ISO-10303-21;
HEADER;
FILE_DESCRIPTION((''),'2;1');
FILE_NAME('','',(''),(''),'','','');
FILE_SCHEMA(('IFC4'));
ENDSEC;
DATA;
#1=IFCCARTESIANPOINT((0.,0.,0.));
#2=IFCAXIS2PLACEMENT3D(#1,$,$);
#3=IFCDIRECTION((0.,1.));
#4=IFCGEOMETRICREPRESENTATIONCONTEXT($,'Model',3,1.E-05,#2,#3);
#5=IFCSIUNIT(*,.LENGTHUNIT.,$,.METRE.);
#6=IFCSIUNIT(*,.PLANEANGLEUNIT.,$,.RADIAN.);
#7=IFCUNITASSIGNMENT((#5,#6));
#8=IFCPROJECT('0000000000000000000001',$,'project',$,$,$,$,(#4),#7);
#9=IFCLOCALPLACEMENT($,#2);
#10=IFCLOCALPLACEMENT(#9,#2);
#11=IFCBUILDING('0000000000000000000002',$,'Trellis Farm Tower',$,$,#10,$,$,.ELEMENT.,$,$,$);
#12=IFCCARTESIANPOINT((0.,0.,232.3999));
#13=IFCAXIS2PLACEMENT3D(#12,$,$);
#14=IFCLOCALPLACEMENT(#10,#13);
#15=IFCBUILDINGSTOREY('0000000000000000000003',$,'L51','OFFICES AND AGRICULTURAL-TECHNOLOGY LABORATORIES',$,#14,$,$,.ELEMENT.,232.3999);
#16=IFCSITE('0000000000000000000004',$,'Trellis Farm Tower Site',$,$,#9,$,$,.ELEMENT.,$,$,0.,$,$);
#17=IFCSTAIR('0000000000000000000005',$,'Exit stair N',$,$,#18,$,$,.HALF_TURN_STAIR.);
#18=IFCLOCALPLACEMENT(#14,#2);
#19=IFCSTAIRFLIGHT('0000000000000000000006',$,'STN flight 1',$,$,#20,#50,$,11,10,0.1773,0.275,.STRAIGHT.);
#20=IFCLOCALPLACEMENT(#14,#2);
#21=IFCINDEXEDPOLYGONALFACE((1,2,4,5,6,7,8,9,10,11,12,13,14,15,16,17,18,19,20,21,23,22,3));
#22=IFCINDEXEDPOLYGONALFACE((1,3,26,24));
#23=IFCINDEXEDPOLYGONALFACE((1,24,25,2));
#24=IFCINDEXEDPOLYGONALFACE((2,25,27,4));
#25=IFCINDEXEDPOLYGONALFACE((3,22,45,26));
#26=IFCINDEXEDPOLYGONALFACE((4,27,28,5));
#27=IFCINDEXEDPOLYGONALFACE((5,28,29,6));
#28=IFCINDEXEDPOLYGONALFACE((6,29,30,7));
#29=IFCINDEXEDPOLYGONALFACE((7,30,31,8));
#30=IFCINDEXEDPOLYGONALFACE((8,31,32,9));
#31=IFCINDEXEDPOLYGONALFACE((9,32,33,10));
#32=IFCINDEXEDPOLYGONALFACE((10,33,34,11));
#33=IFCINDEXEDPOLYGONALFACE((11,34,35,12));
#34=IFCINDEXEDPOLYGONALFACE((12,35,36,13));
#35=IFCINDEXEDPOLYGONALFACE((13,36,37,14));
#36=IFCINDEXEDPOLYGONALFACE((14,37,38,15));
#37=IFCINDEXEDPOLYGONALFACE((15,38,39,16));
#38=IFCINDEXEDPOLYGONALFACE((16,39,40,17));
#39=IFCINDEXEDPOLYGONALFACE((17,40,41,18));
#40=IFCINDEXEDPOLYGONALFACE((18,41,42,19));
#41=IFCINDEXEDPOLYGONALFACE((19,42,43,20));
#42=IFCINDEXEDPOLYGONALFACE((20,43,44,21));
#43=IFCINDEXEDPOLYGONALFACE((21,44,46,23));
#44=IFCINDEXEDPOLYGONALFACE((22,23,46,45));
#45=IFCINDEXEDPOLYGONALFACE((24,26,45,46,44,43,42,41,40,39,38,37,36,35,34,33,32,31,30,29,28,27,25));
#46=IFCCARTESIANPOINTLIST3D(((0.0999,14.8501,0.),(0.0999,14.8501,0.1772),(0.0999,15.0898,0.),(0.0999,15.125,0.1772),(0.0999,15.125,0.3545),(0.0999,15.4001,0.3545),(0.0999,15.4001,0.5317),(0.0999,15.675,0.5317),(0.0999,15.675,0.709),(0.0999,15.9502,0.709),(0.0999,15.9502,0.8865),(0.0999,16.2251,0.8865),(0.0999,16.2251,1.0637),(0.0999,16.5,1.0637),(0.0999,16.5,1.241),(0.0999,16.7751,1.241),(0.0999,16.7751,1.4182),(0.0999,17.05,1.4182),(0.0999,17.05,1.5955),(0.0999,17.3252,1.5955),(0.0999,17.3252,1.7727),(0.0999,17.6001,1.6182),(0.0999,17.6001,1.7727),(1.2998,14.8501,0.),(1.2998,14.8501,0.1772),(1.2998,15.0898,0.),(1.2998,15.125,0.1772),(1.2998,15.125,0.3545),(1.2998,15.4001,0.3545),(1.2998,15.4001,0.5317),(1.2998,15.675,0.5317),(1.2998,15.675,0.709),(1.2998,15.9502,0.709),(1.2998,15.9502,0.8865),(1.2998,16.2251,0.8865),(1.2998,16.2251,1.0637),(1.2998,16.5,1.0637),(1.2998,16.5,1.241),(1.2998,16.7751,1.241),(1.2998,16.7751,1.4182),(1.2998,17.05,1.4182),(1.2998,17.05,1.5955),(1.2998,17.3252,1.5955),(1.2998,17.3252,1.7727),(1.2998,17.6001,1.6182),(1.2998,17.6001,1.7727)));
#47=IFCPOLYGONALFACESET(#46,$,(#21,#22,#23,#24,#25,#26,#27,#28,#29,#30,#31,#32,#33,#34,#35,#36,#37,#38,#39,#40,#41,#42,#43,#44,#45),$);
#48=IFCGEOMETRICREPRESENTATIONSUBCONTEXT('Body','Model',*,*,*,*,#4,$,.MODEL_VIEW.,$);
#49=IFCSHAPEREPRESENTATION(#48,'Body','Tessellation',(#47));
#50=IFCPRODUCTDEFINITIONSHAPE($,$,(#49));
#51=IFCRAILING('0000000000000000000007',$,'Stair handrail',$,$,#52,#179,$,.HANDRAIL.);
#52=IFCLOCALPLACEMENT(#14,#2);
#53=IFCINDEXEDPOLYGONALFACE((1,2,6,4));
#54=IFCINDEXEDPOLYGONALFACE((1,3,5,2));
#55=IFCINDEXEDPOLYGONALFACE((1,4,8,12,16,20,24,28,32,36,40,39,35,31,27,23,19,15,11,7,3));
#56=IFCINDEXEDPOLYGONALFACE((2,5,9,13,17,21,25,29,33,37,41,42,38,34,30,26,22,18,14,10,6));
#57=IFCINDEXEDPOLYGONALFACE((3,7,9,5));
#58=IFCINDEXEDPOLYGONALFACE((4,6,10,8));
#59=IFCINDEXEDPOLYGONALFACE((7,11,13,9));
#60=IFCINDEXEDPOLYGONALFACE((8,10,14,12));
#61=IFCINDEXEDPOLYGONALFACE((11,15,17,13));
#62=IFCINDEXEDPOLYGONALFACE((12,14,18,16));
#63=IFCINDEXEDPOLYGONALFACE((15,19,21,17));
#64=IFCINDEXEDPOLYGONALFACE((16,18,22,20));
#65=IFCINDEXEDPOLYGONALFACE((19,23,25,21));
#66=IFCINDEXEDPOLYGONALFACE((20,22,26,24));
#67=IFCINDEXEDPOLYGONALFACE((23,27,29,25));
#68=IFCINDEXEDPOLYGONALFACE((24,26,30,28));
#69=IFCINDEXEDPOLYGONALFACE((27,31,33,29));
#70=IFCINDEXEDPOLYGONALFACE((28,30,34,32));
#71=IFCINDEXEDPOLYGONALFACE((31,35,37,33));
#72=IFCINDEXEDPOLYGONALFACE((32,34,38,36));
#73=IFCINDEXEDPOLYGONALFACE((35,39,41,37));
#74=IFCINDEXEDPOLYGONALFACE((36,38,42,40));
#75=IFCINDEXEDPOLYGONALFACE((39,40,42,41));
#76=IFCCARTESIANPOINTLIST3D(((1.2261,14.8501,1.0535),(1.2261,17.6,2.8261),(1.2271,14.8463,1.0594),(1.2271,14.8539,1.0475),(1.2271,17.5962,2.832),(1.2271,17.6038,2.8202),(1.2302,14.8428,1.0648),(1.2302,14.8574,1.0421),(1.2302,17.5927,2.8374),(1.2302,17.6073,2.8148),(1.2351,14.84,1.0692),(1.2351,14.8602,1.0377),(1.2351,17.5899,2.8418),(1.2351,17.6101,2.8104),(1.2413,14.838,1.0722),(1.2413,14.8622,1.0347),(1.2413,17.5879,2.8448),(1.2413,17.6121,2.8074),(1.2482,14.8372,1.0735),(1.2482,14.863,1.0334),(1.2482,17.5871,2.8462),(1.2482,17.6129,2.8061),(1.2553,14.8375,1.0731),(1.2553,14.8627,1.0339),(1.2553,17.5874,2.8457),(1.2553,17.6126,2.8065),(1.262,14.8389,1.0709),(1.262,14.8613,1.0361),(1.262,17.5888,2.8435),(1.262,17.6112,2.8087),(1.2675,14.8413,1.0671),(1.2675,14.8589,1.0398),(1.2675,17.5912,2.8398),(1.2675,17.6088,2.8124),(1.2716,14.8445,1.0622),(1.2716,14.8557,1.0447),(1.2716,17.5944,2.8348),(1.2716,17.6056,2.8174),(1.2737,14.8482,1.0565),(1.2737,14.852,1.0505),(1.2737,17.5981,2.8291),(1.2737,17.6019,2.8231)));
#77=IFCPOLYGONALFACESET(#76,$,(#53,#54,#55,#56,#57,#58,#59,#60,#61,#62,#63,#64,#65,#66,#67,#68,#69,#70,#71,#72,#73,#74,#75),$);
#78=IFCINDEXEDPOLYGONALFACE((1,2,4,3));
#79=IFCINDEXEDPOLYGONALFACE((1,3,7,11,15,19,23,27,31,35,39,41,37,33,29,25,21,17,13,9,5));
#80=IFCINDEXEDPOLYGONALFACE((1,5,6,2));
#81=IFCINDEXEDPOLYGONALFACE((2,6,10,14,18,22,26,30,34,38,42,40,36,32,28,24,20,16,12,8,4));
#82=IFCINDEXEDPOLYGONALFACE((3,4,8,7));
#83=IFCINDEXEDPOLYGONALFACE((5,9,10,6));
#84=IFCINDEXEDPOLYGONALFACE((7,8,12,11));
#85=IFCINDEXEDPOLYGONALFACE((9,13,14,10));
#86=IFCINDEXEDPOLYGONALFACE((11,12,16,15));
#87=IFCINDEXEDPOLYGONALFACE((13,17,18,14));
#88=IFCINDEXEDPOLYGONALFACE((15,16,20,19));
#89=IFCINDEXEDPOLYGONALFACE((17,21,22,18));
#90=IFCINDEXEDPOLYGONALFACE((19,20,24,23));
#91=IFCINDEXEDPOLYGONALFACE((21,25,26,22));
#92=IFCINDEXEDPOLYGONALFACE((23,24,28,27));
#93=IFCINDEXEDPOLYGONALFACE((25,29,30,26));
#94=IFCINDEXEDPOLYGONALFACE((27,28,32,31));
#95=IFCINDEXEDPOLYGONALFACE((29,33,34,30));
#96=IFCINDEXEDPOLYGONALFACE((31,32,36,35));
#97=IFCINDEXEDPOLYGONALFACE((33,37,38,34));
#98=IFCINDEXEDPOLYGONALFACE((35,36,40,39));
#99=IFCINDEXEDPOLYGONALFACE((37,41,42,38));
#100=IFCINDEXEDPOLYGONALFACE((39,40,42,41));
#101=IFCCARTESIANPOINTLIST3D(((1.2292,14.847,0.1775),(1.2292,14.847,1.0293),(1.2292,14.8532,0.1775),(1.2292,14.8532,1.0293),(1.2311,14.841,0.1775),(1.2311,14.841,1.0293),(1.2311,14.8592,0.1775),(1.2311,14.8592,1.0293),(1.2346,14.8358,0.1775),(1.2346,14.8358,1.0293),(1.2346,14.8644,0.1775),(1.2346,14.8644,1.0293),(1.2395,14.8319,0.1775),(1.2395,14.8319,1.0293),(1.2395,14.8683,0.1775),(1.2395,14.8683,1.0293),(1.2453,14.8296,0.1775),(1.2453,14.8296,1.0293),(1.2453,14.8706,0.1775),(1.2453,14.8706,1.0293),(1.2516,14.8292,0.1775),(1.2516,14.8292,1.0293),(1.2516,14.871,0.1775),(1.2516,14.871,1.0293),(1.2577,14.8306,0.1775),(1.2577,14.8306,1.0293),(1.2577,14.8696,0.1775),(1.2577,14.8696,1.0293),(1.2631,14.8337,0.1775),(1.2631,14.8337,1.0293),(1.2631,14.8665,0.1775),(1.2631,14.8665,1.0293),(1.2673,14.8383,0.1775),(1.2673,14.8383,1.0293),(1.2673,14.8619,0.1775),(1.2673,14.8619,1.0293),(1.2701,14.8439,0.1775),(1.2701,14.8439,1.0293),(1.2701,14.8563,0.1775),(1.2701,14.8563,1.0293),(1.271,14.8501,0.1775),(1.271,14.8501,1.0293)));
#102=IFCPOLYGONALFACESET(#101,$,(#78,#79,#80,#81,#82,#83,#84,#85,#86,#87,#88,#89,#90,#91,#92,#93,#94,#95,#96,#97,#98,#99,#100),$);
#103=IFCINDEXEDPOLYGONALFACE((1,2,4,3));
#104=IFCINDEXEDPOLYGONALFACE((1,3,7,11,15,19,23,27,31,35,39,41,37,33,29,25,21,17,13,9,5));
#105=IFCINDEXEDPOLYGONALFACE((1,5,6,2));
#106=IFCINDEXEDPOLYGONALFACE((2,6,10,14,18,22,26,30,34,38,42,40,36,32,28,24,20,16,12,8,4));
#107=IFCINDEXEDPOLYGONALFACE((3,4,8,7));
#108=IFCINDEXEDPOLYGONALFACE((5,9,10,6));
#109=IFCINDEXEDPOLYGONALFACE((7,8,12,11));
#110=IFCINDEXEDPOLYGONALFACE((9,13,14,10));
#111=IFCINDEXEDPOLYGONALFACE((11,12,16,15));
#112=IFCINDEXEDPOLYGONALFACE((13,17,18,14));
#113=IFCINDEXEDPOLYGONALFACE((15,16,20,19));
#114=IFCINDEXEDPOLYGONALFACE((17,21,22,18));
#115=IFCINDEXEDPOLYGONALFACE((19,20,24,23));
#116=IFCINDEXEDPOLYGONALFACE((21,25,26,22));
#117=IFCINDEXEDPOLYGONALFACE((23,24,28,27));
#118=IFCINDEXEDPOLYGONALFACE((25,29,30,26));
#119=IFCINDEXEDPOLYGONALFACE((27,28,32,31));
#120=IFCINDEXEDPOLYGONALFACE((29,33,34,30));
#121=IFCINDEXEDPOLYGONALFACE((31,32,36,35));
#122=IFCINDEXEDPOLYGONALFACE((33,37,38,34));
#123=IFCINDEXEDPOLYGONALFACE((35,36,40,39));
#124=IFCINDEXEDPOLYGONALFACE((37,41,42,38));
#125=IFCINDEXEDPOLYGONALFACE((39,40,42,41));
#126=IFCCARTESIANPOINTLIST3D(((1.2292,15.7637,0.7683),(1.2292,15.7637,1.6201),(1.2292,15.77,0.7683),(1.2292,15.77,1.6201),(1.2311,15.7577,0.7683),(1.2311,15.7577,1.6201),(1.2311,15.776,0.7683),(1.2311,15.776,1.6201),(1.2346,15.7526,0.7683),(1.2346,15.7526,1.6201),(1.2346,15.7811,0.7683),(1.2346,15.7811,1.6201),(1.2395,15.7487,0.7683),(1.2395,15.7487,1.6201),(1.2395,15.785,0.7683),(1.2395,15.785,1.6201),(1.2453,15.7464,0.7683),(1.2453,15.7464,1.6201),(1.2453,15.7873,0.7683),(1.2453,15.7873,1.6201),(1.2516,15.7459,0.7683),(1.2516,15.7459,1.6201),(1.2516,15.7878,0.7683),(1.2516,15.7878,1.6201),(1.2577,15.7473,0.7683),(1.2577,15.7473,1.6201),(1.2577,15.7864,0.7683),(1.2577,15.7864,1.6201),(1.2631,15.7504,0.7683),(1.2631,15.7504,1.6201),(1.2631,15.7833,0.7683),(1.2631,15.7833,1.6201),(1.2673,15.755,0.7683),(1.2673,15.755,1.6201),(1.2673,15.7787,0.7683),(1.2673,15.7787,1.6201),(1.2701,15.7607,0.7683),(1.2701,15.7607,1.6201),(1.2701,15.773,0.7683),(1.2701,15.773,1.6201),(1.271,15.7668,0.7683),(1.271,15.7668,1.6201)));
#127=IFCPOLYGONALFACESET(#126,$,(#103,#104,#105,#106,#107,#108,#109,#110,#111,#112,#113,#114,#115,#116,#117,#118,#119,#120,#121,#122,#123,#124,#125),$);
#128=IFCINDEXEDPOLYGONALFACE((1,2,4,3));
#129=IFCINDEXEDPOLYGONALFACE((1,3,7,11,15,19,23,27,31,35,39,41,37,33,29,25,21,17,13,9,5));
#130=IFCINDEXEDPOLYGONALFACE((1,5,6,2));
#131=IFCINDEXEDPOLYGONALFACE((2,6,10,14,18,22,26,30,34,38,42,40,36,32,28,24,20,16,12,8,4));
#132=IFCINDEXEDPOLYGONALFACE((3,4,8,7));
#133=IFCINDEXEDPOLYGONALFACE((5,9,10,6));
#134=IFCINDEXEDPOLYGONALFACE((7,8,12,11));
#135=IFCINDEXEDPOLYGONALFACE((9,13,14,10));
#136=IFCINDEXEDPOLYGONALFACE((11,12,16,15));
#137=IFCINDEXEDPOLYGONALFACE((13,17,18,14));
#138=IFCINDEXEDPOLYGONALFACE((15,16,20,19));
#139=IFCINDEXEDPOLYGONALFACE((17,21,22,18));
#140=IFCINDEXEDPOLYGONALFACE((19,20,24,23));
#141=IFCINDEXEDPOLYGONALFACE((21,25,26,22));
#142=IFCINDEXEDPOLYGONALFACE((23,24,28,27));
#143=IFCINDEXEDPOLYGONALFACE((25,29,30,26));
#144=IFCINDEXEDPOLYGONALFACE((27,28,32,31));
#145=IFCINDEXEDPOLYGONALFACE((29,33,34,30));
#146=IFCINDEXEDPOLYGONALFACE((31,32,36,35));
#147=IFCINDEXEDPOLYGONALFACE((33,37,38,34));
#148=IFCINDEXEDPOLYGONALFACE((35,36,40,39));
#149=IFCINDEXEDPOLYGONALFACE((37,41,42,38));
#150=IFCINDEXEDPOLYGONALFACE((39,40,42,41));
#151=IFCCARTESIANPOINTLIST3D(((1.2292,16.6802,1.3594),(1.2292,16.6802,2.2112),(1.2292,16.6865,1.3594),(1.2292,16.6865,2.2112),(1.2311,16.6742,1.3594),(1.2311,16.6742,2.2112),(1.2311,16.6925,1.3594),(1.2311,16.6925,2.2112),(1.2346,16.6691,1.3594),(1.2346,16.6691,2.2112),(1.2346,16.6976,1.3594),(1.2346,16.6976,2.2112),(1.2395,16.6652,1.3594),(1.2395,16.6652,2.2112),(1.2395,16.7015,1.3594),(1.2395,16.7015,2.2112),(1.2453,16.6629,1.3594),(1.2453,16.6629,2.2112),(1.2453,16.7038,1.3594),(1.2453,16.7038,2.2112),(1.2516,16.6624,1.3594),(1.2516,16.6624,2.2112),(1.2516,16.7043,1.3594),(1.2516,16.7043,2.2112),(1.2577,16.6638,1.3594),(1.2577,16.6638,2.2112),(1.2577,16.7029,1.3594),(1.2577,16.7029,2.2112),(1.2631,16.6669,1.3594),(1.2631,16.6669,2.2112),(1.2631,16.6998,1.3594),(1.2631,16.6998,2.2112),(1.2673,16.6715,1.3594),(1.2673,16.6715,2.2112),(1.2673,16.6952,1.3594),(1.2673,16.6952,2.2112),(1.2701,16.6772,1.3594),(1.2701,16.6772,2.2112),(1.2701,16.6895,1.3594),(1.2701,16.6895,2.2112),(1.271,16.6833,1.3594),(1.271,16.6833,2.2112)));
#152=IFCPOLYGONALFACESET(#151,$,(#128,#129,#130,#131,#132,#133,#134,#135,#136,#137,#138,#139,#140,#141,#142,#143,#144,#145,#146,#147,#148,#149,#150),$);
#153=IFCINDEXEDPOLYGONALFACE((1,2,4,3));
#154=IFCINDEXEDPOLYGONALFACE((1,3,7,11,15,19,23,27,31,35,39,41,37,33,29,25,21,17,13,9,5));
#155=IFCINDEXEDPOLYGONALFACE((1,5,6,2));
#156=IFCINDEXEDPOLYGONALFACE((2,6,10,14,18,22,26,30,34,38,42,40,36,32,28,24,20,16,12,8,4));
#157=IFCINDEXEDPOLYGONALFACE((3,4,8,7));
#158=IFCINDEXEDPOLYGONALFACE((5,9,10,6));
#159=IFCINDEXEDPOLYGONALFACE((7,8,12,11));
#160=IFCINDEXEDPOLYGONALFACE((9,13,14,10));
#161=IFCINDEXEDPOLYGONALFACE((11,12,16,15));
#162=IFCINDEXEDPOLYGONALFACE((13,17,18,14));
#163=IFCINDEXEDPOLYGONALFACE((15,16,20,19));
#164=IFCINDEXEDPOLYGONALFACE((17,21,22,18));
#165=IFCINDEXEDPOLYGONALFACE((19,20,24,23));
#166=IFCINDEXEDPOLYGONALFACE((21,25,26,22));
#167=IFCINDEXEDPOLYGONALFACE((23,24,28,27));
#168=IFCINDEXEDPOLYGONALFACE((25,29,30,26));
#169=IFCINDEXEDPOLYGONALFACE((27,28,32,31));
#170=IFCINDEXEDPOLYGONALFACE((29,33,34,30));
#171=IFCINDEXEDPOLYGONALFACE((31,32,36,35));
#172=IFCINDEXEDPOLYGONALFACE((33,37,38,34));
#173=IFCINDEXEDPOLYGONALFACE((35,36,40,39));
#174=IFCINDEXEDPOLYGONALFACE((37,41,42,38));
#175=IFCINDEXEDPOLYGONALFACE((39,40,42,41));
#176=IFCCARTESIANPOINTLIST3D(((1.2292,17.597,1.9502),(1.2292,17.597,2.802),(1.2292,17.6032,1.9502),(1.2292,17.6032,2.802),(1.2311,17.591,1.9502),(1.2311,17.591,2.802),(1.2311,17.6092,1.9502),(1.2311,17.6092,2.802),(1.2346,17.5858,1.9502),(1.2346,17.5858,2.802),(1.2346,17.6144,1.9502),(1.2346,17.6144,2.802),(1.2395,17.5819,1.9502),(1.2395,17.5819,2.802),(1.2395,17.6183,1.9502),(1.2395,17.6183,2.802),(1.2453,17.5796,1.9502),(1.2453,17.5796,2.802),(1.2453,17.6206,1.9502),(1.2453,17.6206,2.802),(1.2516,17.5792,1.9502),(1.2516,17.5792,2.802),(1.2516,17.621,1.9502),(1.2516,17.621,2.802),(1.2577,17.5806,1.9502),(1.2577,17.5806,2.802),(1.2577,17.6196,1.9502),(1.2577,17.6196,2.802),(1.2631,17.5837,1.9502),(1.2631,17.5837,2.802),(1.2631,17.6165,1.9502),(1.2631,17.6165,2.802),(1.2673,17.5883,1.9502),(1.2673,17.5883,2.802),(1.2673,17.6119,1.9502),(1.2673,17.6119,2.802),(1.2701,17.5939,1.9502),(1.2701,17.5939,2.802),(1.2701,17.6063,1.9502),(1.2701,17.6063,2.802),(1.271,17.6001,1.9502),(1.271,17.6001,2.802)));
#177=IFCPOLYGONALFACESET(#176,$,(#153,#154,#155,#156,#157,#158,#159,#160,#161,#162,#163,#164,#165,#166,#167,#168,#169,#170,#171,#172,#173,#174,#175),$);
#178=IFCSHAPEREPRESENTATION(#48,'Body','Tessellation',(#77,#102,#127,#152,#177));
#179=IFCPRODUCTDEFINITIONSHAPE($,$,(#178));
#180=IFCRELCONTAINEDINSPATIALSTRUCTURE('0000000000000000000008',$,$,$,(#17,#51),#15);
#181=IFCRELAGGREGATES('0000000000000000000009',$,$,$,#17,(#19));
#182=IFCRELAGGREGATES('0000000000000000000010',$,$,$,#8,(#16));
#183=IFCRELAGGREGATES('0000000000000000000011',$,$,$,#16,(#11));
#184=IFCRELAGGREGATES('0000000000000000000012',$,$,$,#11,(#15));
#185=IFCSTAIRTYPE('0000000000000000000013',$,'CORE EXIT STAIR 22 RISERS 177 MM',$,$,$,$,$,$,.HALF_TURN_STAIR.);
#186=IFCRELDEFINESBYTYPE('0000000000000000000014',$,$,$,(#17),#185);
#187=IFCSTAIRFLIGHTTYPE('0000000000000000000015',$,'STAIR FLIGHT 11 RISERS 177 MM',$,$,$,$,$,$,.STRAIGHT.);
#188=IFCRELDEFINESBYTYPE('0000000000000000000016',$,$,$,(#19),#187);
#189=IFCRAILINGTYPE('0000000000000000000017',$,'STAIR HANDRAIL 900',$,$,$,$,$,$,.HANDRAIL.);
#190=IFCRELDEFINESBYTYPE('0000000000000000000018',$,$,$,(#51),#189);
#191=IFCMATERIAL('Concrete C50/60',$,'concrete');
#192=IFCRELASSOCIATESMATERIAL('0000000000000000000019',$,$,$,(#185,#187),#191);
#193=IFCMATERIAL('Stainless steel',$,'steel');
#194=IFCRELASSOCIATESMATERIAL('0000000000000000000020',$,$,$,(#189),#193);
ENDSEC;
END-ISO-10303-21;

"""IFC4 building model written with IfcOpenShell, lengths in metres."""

from ifc_helpers import new_model, si_unit, direction, frame, origin, origin_2d, place, context, subcontext, project, spatial, polyline, circle, outline, extrude, source, transform, mapped, material, type_object, element, aggregate, save


model = new_model("IFC4")

# Units and contexts
model_context = context("Model", 3, precision=1e-05, world=origin(), true_north=direction((0.0, 1.0)))
body_context = subcontext(model_context, "Body", "Model", "MODEL_VIEW")
ifc_project = project(units=[si_unit("LENGTHUNIT", "METRE"), si_unit("PLANEANGLEUNIT", "RADIAN")], contexts=[model_context])

# Site, building, storey
site_placement = place(None, origin())
site = spatial("IfcSite", under=ifc_project, at=site_placement, Name="Trellis Farm Tower Site", CompositionType="ELEMENT", RefElevation=0.0)
building_placement = place(site_placement, origin())
building = spatial("IfcBuilding", under=site, at=building_placement, Name="Trellis Farm Tower", CompositionType="ELEMENT")
storey_placement = place(building_placement, frame((0.0, 0.0, 232.3999)))
storey = spatial("IfcBuildingStorey", under=building, at=storey_placement, Name="L51", Description="OFFICES AND AGRICULTURAL-TECHNOLOGY LABORATORIES", CompositionType="ELEMENT", Elevation=232.3999)

# Shared definitions
placement_1 = place(storey_placement, origin())

# Stair, stair flight
ifc_material_1 = material(Name="Concrete C50/60", Category="concrete")
stair_type = type_object("IfcStairType", Name="CORE EXIT STAIR 22 RISERS 177 MM", PredefinedType="HALF_TURN_STAIR", material=ifc_material_1)
stair = element("IfcStair", 1, at=placement_1, inside=storey, type_object=stair_type, Name="Exit stair N", PredefinedType="HALF_TURN_STAIR")
stair_flight_type = type_object("IfcStairFlightType", Name="STAIR FLIGHT 11 RISERS 177 MM", PredefinedType="STRAIGHT", material=ifc_material_1)
shared_shape_1 = source(origin(), body_context, "Body", "SweptSolid", [
    extrude(outline(polyline([(0.0, 0.0), (0.0, 0.1772), (0.2749, 0.1772), (0.2749, 0.3545), (0.55, 0.3545), (0.55, 0.5317), (0.825, 0.5317), (0.825, 0.709), (1.1001, 0.709), (1.1001, 0.8865), (1.375, 0.8865), (1.375, 1.0637), (1.6499, 1.0637), (1.6499, 1.241), (1.925, 1.241), (1.925, 1.4182), (2.2, 1.4182), (2.2, 1.5955), (2.4751, 1.5955), (2.4751, 1.7727), (2.75, 1.7727), (2.75, 1.95), (2.75, 1.6182), (0.2397, 0.0), (0.0, 0.0)])), frame((0.0, 0.6001, 0.0), z_axis=(0.0, -1.0, 0.0), x_axis=(1.0, 0.0, 0.0)), (0.0, 0.0, 1.0), 1.2),
])
stair_flight_placement = place(storey_placement, frame((0.7, 14.8501, 0.0), z_axis=(0.0, 0.0, 1.0), x_axis=(0.0, 1.0, 0.0)))
stair_flight = element("IfcStairFlight", 2, at=stair_flight_placement, type_object=stair_flight_type, Name="STN flight 1", NumberOfRisers=11, NumberOfTreads=10, PredefinedType="STRAIGHT", RiserHeight=0.1773, TreadLength=0.275, context=body_context, shape_type="MappedRepresentation", body=[
    mapped(shared_shape_1, transform((0.0, 0.0, 0.0))),
])
aggregate(stair, [stair_flight])

# Railing
ifc_material_2 = material(Name="Stainless steel", Category="steel")
railing_type = type_object("IfcRailingType", Name="STAIR HANDRAIL 900", PredefinedType="HANDRAIL", material=ifc_material_2)
shared_shape_2 = source(origin(), body_context, "Body", "SweptSolid", [
    extrude(circle(Radius=0.0239, at=origin_2d()), frame((0.0, 0.0, 0.876), z_axis=(0.0, 0.840504, 0.541806), x_axis=(-1.0, 0.0, 0.0)), (0.0, 0.0, 1.0), 3.2717),
    extrude(circle(Radius=0.021, at=origin_2d()), origin(), (0.0, 0.0, 1.0), 0.8518),
    extrude(circle(Radius=0.021, at=origin_2d()), frame((0.0, 0.9167, 0.5908)), (0.0, 0.0, 1.0), 0.8518),
    extrude(circle(Radius=0.021, at=origin_2d()), frame((0.0, 1.8333, 1.1819)), (0.0, 0.0, 1.0), 0.8518),
    extrude(circle(Radius=0.021, at=origin_2d()), frame((0.0, 2.75, 1.7727)), (0.0, 0.0, 1.0), 0.8518),
])
railing_placement = place(storey_placement, frame((1.25, 14.8501, 0.1775)))
element("IfcRailing", 3, at=railing_placement, inside=storey, type_object=railing_type, Name="Stair handrail", PredefinedType="HANDRAIL", context=body_context, shape_type="MappedRepresentation", body=[
    mapped(shared_shape_2, transform((0.0, 0.0, 0.0))),
])

save(model, "model.ifc")
